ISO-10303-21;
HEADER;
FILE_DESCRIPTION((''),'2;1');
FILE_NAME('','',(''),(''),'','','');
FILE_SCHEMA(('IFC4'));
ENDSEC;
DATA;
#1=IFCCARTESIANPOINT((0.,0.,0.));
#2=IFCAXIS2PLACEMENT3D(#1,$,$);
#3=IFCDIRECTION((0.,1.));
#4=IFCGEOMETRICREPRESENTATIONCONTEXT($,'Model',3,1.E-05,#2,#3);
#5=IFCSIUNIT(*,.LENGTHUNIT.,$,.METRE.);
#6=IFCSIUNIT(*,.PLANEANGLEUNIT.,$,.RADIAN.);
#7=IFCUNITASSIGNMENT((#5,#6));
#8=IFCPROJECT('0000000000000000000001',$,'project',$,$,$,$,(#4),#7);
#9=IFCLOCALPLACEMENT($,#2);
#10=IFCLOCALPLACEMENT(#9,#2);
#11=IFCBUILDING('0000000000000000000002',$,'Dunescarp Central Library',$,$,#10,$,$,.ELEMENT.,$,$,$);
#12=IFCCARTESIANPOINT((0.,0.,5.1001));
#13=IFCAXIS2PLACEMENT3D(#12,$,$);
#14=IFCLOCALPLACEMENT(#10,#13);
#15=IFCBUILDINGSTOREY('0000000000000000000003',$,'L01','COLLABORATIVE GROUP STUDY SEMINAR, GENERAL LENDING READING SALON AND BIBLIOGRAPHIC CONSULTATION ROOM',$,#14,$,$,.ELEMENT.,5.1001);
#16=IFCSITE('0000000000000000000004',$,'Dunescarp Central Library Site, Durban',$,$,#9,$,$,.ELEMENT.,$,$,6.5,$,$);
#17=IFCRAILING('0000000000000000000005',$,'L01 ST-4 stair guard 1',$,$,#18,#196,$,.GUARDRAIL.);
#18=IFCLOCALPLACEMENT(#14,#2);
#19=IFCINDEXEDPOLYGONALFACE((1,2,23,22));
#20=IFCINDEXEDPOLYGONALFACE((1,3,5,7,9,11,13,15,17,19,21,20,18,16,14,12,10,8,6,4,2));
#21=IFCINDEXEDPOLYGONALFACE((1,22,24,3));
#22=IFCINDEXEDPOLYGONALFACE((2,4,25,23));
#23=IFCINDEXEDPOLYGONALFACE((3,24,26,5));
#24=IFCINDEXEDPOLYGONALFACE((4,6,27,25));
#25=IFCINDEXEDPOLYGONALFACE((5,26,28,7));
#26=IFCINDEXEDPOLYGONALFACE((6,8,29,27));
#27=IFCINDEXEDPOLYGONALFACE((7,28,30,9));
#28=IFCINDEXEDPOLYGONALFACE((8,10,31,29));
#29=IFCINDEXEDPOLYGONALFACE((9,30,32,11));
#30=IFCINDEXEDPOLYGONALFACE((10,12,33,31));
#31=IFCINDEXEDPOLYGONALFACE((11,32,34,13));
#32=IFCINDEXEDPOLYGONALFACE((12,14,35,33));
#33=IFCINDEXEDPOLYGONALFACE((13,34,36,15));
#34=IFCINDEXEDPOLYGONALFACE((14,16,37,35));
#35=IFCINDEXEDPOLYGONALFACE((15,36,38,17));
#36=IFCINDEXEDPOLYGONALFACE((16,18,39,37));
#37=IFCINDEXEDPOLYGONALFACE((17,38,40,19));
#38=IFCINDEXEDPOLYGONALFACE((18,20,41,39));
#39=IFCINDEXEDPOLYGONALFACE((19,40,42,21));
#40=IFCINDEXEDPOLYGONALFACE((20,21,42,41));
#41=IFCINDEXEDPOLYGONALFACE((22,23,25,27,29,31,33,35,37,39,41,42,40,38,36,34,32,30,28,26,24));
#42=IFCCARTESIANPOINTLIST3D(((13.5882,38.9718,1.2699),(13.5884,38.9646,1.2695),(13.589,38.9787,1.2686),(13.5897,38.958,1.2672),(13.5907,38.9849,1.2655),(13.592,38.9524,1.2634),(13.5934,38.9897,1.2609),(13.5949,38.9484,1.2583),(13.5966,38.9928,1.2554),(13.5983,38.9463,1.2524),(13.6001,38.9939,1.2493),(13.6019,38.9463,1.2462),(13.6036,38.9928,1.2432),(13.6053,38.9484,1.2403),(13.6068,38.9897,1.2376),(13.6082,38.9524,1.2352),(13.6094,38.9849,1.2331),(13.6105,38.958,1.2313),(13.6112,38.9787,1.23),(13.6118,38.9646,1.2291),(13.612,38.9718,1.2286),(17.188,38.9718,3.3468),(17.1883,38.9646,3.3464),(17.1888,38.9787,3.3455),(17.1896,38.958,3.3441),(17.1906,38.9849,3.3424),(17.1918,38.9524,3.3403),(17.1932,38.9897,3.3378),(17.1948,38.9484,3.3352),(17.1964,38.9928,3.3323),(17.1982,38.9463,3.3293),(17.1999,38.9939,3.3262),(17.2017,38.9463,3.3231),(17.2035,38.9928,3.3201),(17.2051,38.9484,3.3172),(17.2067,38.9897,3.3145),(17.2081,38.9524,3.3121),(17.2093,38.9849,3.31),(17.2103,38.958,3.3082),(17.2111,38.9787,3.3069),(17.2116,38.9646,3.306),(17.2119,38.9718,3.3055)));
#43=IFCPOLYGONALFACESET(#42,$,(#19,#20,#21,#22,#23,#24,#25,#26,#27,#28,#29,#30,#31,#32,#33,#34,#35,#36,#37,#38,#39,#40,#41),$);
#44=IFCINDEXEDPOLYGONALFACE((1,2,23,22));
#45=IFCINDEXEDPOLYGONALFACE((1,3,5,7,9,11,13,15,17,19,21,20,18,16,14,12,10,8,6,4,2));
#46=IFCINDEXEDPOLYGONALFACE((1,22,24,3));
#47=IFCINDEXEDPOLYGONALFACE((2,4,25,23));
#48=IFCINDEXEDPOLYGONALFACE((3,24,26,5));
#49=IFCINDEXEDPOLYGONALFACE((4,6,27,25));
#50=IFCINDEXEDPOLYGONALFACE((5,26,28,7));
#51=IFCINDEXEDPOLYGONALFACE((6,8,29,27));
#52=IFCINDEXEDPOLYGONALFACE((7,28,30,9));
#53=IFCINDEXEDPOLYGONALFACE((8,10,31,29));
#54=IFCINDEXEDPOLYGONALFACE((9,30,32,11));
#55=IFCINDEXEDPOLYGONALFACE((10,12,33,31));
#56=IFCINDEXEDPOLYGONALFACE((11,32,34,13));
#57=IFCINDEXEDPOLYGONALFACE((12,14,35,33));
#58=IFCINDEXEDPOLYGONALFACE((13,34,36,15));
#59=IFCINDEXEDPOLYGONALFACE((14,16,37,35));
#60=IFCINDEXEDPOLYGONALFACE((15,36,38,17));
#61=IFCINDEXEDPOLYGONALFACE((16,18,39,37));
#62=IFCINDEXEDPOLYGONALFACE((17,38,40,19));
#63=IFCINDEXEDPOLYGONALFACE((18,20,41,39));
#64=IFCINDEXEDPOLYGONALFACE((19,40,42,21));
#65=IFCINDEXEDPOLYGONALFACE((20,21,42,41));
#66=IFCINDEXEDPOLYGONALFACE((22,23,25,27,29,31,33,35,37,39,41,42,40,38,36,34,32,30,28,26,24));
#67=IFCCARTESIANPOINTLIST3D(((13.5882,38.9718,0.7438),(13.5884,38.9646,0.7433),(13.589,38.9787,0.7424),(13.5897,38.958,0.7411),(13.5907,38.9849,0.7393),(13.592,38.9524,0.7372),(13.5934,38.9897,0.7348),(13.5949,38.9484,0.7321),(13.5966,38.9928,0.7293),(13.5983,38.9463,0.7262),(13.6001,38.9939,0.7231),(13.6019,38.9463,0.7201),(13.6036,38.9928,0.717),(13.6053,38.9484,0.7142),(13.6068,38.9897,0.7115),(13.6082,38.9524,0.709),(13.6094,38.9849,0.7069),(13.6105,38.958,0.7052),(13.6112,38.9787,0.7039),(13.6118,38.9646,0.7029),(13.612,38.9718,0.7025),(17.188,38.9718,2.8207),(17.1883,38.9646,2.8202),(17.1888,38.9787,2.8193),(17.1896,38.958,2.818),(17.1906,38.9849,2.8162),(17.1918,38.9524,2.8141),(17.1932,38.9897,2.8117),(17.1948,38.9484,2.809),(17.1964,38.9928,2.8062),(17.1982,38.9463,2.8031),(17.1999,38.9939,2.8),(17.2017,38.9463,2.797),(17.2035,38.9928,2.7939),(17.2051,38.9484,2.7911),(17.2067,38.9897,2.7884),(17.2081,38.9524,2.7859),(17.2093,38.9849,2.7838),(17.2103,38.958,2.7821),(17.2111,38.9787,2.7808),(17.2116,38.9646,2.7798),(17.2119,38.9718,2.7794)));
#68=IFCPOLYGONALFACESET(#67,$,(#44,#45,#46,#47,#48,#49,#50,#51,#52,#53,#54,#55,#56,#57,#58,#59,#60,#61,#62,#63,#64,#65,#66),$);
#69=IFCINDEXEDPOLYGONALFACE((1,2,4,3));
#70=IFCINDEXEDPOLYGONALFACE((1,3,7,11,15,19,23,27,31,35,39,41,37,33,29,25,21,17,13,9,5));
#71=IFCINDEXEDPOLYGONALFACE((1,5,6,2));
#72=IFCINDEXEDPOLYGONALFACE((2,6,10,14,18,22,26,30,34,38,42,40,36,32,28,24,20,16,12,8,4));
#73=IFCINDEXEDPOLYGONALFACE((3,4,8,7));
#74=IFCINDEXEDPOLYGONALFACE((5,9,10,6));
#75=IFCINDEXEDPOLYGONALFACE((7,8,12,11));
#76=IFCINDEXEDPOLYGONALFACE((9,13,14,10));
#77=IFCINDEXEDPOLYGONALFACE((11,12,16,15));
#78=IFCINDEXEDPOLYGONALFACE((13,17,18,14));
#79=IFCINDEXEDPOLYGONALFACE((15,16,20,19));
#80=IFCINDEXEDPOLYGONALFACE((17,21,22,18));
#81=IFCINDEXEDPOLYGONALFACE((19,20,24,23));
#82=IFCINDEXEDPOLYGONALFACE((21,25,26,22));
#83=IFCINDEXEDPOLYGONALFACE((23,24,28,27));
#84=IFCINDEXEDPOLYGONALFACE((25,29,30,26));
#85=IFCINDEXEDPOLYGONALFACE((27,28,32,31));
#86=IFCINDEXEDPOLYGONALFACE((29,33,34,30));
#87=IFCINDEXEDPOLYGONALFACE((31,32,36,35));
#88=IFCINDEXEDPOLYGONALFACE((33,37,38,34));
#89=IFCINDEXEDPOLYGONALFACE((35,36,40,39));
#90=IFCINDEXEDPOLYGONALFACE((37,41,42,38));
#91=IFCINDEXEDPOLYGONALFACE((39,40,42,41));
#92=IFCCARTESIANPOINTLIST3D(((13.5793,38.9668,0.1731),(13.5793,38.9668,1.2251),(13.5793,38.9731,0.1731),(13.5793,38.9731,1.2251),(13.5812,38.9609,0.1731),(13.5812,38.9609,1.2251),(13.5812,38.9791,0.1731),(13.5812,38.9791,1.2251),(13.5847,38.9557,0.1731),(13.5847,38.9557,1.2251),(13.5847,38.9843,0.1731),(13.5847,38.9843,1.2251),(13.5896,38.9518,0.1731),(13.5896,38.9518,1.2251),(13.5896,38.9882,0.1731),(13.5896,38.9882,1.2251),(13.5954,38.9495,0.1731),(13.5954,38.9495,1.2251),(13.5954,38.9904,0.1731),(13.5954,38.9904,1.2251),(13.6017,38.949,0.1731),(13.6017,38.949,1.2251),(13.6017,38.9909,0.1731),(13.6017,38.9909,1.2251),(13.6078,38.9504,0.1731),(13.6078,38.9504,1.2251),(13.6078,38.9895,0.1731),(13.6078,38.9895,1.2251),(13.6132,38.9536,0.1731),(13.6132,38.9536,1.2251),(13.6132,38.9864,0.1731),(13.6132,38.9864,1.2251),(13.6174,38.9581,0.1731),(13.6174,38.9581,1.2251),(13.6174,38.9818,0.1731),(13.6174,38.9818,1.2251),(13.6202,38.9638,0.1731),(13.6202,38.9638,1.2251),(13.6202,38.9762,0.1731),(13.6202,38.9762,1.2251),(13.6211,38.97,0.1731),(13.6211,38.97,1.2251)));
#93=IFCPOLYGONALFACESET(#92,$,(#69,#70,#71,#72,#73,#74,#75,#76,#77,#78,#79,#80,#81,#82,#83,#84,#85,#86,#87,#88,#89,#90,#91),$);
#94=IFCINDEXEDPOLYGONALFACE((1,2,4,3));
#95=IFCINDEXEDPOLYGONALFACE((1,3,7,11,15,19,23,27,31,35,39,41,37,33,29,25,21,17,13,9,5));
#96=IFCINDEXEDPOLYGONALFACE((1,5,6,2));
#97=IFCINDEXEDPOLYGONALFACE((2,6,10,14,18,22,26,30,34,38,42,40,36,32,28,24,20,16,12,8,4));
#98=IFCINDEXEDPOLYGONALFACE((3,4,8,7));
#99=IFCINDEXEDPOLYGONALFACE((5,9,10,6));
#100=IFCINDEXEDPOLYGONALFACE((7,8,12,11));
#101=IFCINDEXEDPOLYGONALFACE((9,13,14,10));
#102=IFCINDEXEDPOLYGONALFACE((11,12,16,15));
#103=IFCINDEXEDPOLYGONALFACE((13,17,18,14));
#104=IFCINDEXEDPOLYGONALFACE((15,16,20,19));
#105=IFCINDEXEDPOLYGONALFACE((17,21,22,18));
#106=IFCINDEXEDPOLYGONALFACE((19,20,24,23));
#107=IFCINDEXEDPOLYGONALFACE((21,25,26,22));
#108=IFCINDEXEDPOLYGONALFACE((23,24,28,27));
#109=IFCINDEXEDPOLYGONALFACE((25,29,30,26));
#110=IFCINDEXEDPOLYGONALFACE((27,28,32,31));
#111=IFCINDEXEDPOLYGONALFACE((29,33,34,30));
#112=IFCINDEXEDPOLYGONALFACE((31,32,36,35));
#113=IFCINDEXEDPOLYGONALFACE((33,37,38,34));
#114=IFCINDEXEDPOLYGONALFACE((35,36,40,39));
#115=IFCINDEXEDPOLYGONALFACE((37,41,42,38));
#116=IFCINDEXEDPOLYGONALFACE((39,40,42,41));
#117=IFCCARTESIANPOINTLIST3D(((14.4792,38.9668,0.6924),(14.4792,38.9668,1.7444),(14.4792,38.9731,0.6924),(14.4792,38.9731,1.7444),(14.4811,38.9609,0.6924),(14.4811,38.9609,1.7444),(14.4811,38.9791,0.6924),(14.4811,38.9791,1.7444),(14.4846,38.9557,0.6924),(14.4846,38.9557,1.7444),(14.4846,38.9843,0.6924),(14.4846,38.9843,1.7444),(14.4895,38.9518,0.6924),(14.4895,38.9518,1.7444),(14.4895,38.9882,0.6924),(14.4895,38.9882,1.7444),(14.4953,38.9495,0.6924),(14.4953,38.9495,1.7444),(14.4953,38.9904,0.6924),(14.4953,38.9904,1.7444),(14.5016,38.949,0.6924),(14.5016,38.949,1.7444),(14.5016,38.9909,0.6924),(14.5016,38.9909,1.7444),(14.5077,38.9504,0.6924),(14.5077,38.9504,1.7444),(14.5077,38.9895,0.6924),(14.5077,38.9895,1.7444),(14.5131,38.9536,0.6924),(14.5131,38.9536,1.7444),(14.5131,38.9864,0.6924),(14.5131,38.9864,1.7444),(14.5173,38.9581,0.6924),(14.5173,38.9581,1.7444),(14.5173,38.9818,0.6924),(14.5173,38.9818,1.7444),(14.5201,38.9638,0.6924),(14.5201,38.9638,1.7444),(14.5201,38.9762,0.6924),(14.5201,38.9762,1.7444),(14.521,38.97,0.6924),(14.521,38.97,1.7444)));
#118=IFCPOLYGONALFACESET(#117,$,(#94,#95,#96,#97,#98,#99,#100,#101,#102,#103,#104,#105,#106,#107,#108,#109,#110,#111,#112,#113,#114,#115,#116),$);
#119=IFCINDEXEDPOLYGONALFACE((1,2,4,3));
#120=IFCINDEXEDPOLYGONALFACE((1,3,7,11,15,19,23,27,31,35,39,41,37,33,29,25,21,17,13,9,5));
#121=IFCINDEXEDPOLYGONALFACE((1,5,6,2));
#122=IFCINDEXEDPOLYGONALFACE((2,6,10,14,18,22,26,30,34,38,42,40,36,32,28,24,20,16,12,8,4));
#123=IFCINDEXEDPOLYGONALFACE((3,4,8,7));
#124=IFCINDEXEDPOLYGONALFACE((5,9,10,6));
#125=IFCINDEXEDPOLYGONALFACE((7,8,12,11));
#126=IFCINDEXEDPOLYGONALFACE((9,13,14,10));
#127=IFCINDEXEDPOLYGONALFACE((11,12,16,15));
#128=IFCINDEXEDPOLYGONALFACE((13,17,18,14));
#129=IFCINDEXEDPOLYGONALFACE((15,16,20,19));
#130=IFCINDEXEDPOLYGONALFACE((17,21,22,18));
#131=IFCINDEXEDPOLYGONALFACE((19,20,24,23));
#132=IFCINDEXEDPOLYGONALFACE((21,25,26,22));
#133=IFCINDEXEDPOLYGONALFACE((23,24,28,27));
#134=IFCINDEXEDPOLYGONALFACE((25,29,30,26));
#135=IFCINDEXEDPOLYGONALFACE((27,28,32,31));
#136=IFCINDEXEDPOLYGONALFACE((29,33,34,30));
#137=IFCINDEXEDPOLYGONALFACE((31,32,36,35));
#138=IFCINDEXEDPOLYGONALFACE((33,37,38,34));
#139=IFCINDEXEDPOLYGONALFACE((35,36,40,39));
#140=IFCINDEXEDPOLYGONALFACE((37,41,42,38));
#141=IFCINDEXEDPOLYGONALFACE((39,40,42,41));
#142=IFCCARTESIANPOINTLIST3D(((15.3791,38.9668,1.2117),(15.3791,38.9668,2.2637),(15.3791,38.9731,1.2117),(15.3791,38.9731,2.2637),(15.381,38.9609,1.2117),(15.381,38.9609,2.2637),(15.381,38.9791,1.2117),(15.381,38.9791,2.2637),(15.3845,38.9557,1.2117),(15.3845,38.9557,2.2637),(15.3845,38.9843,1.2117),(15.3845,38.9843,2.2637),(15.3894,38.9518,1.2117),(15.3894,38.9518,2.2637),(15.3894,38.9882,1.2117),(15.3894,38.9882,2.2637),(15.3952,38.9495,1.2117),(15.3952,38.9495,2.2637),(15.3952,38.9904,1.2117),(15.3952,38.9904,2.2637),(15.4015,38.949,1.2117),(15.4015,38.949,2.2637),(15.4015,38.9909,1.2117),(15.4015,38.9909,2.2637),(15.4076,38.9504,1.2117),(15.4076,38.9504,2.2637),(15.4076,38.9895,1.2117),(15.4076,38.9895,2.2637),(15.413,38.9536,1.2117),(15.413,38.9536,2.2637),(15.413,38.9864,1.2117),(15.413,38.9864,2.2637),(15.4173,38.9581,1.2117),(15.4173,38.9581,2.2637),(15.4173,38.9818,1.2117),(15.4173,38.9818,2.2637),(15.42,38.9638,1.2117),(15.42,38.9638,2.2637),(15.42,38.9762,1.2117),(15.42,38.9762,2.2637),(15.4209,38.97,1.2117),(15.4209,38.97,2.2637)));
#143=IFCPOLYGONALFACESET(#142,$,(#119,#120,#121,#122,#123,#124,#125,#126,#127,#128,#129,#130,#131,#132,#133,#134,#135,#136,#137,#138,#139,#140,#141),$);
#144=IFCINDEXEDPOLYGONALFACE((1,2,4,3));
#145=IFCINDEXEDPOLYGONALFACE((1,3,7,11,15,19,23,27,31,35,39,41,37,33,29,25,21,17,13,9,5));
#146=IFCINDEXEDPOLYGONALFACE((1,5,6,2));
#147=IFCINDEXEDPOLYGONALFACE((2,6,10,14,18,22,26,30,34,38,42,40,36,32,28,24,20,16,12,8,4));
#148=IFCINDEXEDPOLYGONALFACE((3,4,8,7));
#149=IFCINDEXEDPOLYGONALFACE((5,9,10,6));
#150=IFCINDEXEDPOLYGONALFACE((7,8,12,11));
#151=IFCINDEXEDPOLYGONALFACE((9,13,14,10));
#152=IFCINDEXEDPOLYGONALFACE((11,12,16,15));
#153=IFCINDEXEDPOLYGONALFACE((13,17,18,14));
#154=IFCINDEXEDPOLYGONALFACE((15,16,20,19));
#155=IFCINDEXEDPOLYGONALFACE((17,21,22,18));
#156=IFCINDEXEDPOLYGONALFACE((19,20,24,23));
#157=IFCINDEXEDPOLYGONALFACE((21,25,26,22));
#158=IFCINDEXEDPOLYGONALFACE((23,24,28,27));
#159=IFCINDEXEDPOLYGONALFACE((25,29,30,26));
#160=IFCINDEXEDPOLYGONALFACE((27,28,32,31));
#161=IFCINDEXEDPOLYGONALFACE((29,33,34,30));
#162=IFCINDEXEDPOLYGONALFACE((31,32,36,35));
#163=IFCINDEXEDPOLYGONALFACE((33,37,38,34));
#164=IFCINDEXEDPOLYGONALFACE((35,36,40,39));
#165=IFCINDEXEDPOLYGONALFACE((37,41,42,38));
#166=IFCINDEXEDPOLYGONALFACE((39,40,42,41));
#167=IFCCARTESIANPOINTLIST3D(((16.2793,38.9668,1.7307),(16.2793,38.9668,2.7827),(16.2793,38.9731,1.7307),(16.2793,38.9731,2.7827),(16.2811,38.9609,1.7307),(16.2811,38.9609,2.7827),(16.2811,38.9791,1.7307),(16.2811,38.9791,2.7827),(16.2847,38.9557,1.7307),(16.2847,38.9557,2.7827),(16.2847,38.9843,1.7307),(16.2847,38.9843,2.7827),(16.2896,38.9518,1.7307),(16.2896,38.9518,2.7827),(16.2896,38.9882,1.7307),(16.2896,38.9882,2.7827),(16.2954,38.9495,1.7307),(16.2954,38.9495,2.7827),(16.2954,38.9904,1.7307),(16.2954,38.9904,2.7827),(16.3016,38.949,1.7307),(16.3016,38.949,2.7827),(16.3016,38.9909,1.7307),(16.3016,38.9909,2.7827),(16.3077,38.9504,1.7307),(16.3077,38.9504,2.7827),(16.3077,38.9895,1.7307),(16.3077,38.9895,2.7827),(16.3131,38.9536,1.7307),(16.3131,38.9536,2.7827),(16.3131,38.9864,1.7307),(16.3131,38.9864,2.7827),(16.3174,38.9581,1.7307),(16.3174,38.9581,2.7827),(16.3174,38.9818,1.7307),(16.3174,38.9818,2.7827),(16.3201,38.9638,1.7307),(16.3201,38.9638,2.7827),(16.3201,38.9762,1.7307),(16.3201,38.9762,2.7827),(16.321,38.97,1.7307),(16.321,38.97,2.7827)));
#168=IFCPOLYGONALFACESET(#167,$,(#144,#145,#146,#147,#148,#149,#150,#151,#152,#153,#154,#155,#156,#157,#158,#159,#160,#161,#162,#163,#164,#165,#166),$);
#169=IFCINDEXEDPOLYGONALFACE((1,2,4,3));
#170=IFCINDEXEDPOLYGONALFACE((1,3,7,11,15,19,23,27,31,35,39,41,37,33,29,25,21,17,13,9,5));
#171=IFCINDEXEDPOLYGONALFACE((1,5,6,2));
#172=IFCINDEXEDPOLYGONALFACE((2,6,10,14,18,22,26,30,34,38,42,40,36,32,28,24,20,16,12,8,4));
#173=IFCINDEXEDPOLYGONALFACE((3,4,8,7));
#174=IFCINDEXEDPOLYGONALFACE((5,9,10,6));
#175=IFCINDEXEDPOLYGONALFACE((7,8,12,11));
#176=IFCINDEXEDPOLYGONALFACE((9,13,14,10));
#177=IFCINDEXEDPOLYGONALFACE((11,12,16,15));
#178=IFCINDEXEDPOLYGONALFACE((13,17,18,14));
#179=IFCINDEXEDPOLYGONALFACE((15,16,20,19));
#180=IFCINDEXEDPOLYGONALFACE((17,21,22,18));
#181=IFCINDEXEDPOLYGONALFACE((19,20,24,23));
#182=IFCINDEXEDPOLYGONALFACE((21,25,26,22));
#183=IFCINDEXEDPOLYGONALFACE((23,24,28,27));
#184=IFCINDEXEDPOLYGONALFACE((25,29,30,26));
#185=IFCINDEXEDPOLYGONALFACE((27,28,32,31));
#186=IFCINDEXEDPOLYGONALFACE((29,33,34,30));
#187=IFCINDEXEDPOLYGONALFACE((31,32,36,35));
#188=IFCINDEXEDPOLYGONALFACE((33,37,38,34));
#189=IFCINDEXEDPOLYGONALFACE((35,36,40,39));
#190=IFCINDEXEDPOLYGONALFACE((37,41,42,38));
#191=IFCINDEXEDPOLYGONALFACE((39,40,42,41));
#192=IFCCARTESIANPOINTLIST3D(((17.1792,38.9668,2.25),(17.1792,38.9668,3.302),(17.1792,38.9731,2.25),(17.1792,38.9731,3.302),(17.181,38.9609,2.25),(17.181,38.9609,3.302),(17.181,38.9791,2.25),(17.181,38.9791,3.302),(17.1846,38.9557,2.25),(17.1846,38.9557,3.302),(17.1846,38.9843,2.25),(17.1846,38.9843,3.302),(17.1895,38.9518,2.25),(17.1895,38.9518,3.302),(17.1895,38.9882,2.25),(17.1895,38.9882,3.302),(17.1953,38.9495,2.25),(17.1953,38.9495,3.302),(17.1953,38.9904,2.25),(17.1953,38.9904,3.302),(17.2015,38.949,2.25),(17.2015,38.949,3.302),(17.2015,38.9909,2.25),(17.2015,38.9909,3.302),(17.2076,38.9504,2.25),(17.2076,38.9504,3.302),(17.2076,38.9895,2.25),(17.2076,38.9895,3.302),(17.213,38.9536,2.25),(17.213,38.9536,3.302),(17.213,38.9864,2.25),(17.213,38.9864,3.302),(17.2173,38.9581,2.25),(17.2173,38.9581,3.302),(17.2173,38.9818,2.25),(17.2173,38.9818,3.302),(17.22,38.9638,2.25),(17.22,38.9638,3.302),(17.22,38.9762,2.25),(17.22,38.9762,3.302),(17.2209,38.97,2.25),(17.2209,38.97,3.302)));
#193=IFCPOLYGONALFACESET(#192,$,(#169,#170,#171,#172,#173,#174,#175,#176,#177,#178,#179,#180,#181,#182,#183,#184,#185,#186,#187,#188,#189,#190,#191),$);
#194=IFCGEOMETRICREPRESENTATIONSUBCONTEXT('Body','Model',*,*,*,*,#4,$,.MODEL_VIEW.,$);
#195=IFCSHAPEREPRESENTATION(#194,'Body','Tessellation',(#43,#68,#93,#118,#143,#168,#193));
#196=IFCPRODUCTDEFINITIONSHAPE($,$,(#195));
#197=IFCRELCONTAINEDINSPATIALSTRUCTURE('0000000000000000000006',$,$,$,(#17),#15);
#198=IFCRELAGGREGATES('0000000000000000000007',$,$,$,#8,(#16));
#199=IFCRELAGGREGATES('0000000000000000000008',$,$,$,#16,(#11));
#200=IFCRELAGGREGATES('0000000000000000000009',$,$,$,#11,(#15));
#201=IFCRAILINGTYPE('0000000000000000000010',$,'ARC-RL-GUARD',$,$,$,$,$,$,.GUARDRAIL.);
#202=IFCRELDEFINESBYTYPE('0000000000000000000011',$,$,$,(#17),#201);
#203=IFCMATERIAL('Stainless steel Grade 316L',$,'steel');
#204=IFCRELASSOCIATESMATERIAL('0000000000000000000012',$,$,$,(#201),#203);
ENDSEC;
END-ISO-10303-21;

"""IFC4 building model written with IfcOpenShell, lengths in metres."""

from ifc_helpers import new_model, si_unit, direction, frame, origin, origin_2d, place, context, subcontext, project, spatial, circle, extrude, material, type_object, element, save


model = new_model("IFC4")

# Units and contexts
model_context = context("Model", 3, precision=1e-05, world=origin(), true_north=direction((0.0, 1.0)))
body_context = subcontext(model_context, "Body", "Model", "MODEL_VIEW")
ifc_project = project(units=[si_unit("LENGTHUNIT", "METRE"), si_unit("PLANEANGLEUNIT", "RADIAN")], contexts=[model_context])

# Site, building, storey
site_placement = place(None, origin())
site = spatial("IfcSite", under=ifc_project, at=site_placement, Name="Dunescarp Central Library Site, Durban", CompositionType="ELEMENT", RefElevation=6.5)
building_placement = place(site_placement, origin())
building = spatial("IfcBuilding", under=site, at=building_placement, Name="Dunescarp Central Library", CompositionType="ELEMENT")
storey_placement = place(building_placement, frame((0.0, 0.0, 5.1001)))
storey = spatial("IfcBuildingStorey", under=building, at=storey_placement, Name="L01", Description="COLLABORATIVE GROUP STUDY SEMINAR, GENERAL LENDING READING SALON AND BIBLIOGRAPHIC CONSULTATION ROOM", CompositionType="ELEMENT", Elevation=5.1001)

# Railing
ifc_material_1 = material(Name="Stainless steel Grade 316L", Category="steel")
railing_type_1 = type_object("IfcRailingType", Name="ARC-RL-GUARD", PredefinedType="GUARDRAIL", material=ifc_material_1)
railing_1_placement = place(storey_placement, frame((13.6001, 38.97, 0.1731)))
element("IfcRailing", 1, at=railing_1_placement, inside=storey, type_object=railing_type_1, Name="L01 ST-4 stair guard 1", PredefinedType="GUARDRAIL", context=body_context, shape_type="SweptSolid", body=[
    extrude(circle(Radius=0.0239, at=origin_2d()), frame((0.0, 0.0, 1.0762), z_axis=(0.866179, 0.0, 0.499734), x_axis=(0.0, 1.0, 0.0)), (0.0, 0.0, 1.0), 4.156),
    extrude(circle(Radius=0.0239, at=origin_2d()), frame((0.0, 0.0, 0.55), z_axis=(0.866179, 0.0, 0.499734), x_axis=(0.0, 1.0, 0.0)), (0.0, 0.0, 1.0), 4.156),
    extrude(circle(Radius=0.021, at=origin_2d()), origin(), (0.0, 0.0, 1.0), 1.052),
    extrude(circle(Radius=0.021, at=origin_2d()), frame((0.8999, 0.0, 0.5193)), (0.0, 0.0, 1.0), 1.052),
    extrude(circle(Radius=0.021, at=origin_2d()), frame((1.7998, 0.0, 1.0386)), (0.0, 0.0, 1.0), 1.052),
    extrude(circle(Radius=0.021, at=origin_2d()), frame((2.7, 0.0, 1.5576)), (0.0, 0.0, 1.0), 1.052),
    extrude(circle(Radius=0.021, at=origin_2d()), frame((3.5999, 0.0, 2.0769)), (0.0, 0.0, 1.0), 1.052),
])

save(model, "model.ifc")
